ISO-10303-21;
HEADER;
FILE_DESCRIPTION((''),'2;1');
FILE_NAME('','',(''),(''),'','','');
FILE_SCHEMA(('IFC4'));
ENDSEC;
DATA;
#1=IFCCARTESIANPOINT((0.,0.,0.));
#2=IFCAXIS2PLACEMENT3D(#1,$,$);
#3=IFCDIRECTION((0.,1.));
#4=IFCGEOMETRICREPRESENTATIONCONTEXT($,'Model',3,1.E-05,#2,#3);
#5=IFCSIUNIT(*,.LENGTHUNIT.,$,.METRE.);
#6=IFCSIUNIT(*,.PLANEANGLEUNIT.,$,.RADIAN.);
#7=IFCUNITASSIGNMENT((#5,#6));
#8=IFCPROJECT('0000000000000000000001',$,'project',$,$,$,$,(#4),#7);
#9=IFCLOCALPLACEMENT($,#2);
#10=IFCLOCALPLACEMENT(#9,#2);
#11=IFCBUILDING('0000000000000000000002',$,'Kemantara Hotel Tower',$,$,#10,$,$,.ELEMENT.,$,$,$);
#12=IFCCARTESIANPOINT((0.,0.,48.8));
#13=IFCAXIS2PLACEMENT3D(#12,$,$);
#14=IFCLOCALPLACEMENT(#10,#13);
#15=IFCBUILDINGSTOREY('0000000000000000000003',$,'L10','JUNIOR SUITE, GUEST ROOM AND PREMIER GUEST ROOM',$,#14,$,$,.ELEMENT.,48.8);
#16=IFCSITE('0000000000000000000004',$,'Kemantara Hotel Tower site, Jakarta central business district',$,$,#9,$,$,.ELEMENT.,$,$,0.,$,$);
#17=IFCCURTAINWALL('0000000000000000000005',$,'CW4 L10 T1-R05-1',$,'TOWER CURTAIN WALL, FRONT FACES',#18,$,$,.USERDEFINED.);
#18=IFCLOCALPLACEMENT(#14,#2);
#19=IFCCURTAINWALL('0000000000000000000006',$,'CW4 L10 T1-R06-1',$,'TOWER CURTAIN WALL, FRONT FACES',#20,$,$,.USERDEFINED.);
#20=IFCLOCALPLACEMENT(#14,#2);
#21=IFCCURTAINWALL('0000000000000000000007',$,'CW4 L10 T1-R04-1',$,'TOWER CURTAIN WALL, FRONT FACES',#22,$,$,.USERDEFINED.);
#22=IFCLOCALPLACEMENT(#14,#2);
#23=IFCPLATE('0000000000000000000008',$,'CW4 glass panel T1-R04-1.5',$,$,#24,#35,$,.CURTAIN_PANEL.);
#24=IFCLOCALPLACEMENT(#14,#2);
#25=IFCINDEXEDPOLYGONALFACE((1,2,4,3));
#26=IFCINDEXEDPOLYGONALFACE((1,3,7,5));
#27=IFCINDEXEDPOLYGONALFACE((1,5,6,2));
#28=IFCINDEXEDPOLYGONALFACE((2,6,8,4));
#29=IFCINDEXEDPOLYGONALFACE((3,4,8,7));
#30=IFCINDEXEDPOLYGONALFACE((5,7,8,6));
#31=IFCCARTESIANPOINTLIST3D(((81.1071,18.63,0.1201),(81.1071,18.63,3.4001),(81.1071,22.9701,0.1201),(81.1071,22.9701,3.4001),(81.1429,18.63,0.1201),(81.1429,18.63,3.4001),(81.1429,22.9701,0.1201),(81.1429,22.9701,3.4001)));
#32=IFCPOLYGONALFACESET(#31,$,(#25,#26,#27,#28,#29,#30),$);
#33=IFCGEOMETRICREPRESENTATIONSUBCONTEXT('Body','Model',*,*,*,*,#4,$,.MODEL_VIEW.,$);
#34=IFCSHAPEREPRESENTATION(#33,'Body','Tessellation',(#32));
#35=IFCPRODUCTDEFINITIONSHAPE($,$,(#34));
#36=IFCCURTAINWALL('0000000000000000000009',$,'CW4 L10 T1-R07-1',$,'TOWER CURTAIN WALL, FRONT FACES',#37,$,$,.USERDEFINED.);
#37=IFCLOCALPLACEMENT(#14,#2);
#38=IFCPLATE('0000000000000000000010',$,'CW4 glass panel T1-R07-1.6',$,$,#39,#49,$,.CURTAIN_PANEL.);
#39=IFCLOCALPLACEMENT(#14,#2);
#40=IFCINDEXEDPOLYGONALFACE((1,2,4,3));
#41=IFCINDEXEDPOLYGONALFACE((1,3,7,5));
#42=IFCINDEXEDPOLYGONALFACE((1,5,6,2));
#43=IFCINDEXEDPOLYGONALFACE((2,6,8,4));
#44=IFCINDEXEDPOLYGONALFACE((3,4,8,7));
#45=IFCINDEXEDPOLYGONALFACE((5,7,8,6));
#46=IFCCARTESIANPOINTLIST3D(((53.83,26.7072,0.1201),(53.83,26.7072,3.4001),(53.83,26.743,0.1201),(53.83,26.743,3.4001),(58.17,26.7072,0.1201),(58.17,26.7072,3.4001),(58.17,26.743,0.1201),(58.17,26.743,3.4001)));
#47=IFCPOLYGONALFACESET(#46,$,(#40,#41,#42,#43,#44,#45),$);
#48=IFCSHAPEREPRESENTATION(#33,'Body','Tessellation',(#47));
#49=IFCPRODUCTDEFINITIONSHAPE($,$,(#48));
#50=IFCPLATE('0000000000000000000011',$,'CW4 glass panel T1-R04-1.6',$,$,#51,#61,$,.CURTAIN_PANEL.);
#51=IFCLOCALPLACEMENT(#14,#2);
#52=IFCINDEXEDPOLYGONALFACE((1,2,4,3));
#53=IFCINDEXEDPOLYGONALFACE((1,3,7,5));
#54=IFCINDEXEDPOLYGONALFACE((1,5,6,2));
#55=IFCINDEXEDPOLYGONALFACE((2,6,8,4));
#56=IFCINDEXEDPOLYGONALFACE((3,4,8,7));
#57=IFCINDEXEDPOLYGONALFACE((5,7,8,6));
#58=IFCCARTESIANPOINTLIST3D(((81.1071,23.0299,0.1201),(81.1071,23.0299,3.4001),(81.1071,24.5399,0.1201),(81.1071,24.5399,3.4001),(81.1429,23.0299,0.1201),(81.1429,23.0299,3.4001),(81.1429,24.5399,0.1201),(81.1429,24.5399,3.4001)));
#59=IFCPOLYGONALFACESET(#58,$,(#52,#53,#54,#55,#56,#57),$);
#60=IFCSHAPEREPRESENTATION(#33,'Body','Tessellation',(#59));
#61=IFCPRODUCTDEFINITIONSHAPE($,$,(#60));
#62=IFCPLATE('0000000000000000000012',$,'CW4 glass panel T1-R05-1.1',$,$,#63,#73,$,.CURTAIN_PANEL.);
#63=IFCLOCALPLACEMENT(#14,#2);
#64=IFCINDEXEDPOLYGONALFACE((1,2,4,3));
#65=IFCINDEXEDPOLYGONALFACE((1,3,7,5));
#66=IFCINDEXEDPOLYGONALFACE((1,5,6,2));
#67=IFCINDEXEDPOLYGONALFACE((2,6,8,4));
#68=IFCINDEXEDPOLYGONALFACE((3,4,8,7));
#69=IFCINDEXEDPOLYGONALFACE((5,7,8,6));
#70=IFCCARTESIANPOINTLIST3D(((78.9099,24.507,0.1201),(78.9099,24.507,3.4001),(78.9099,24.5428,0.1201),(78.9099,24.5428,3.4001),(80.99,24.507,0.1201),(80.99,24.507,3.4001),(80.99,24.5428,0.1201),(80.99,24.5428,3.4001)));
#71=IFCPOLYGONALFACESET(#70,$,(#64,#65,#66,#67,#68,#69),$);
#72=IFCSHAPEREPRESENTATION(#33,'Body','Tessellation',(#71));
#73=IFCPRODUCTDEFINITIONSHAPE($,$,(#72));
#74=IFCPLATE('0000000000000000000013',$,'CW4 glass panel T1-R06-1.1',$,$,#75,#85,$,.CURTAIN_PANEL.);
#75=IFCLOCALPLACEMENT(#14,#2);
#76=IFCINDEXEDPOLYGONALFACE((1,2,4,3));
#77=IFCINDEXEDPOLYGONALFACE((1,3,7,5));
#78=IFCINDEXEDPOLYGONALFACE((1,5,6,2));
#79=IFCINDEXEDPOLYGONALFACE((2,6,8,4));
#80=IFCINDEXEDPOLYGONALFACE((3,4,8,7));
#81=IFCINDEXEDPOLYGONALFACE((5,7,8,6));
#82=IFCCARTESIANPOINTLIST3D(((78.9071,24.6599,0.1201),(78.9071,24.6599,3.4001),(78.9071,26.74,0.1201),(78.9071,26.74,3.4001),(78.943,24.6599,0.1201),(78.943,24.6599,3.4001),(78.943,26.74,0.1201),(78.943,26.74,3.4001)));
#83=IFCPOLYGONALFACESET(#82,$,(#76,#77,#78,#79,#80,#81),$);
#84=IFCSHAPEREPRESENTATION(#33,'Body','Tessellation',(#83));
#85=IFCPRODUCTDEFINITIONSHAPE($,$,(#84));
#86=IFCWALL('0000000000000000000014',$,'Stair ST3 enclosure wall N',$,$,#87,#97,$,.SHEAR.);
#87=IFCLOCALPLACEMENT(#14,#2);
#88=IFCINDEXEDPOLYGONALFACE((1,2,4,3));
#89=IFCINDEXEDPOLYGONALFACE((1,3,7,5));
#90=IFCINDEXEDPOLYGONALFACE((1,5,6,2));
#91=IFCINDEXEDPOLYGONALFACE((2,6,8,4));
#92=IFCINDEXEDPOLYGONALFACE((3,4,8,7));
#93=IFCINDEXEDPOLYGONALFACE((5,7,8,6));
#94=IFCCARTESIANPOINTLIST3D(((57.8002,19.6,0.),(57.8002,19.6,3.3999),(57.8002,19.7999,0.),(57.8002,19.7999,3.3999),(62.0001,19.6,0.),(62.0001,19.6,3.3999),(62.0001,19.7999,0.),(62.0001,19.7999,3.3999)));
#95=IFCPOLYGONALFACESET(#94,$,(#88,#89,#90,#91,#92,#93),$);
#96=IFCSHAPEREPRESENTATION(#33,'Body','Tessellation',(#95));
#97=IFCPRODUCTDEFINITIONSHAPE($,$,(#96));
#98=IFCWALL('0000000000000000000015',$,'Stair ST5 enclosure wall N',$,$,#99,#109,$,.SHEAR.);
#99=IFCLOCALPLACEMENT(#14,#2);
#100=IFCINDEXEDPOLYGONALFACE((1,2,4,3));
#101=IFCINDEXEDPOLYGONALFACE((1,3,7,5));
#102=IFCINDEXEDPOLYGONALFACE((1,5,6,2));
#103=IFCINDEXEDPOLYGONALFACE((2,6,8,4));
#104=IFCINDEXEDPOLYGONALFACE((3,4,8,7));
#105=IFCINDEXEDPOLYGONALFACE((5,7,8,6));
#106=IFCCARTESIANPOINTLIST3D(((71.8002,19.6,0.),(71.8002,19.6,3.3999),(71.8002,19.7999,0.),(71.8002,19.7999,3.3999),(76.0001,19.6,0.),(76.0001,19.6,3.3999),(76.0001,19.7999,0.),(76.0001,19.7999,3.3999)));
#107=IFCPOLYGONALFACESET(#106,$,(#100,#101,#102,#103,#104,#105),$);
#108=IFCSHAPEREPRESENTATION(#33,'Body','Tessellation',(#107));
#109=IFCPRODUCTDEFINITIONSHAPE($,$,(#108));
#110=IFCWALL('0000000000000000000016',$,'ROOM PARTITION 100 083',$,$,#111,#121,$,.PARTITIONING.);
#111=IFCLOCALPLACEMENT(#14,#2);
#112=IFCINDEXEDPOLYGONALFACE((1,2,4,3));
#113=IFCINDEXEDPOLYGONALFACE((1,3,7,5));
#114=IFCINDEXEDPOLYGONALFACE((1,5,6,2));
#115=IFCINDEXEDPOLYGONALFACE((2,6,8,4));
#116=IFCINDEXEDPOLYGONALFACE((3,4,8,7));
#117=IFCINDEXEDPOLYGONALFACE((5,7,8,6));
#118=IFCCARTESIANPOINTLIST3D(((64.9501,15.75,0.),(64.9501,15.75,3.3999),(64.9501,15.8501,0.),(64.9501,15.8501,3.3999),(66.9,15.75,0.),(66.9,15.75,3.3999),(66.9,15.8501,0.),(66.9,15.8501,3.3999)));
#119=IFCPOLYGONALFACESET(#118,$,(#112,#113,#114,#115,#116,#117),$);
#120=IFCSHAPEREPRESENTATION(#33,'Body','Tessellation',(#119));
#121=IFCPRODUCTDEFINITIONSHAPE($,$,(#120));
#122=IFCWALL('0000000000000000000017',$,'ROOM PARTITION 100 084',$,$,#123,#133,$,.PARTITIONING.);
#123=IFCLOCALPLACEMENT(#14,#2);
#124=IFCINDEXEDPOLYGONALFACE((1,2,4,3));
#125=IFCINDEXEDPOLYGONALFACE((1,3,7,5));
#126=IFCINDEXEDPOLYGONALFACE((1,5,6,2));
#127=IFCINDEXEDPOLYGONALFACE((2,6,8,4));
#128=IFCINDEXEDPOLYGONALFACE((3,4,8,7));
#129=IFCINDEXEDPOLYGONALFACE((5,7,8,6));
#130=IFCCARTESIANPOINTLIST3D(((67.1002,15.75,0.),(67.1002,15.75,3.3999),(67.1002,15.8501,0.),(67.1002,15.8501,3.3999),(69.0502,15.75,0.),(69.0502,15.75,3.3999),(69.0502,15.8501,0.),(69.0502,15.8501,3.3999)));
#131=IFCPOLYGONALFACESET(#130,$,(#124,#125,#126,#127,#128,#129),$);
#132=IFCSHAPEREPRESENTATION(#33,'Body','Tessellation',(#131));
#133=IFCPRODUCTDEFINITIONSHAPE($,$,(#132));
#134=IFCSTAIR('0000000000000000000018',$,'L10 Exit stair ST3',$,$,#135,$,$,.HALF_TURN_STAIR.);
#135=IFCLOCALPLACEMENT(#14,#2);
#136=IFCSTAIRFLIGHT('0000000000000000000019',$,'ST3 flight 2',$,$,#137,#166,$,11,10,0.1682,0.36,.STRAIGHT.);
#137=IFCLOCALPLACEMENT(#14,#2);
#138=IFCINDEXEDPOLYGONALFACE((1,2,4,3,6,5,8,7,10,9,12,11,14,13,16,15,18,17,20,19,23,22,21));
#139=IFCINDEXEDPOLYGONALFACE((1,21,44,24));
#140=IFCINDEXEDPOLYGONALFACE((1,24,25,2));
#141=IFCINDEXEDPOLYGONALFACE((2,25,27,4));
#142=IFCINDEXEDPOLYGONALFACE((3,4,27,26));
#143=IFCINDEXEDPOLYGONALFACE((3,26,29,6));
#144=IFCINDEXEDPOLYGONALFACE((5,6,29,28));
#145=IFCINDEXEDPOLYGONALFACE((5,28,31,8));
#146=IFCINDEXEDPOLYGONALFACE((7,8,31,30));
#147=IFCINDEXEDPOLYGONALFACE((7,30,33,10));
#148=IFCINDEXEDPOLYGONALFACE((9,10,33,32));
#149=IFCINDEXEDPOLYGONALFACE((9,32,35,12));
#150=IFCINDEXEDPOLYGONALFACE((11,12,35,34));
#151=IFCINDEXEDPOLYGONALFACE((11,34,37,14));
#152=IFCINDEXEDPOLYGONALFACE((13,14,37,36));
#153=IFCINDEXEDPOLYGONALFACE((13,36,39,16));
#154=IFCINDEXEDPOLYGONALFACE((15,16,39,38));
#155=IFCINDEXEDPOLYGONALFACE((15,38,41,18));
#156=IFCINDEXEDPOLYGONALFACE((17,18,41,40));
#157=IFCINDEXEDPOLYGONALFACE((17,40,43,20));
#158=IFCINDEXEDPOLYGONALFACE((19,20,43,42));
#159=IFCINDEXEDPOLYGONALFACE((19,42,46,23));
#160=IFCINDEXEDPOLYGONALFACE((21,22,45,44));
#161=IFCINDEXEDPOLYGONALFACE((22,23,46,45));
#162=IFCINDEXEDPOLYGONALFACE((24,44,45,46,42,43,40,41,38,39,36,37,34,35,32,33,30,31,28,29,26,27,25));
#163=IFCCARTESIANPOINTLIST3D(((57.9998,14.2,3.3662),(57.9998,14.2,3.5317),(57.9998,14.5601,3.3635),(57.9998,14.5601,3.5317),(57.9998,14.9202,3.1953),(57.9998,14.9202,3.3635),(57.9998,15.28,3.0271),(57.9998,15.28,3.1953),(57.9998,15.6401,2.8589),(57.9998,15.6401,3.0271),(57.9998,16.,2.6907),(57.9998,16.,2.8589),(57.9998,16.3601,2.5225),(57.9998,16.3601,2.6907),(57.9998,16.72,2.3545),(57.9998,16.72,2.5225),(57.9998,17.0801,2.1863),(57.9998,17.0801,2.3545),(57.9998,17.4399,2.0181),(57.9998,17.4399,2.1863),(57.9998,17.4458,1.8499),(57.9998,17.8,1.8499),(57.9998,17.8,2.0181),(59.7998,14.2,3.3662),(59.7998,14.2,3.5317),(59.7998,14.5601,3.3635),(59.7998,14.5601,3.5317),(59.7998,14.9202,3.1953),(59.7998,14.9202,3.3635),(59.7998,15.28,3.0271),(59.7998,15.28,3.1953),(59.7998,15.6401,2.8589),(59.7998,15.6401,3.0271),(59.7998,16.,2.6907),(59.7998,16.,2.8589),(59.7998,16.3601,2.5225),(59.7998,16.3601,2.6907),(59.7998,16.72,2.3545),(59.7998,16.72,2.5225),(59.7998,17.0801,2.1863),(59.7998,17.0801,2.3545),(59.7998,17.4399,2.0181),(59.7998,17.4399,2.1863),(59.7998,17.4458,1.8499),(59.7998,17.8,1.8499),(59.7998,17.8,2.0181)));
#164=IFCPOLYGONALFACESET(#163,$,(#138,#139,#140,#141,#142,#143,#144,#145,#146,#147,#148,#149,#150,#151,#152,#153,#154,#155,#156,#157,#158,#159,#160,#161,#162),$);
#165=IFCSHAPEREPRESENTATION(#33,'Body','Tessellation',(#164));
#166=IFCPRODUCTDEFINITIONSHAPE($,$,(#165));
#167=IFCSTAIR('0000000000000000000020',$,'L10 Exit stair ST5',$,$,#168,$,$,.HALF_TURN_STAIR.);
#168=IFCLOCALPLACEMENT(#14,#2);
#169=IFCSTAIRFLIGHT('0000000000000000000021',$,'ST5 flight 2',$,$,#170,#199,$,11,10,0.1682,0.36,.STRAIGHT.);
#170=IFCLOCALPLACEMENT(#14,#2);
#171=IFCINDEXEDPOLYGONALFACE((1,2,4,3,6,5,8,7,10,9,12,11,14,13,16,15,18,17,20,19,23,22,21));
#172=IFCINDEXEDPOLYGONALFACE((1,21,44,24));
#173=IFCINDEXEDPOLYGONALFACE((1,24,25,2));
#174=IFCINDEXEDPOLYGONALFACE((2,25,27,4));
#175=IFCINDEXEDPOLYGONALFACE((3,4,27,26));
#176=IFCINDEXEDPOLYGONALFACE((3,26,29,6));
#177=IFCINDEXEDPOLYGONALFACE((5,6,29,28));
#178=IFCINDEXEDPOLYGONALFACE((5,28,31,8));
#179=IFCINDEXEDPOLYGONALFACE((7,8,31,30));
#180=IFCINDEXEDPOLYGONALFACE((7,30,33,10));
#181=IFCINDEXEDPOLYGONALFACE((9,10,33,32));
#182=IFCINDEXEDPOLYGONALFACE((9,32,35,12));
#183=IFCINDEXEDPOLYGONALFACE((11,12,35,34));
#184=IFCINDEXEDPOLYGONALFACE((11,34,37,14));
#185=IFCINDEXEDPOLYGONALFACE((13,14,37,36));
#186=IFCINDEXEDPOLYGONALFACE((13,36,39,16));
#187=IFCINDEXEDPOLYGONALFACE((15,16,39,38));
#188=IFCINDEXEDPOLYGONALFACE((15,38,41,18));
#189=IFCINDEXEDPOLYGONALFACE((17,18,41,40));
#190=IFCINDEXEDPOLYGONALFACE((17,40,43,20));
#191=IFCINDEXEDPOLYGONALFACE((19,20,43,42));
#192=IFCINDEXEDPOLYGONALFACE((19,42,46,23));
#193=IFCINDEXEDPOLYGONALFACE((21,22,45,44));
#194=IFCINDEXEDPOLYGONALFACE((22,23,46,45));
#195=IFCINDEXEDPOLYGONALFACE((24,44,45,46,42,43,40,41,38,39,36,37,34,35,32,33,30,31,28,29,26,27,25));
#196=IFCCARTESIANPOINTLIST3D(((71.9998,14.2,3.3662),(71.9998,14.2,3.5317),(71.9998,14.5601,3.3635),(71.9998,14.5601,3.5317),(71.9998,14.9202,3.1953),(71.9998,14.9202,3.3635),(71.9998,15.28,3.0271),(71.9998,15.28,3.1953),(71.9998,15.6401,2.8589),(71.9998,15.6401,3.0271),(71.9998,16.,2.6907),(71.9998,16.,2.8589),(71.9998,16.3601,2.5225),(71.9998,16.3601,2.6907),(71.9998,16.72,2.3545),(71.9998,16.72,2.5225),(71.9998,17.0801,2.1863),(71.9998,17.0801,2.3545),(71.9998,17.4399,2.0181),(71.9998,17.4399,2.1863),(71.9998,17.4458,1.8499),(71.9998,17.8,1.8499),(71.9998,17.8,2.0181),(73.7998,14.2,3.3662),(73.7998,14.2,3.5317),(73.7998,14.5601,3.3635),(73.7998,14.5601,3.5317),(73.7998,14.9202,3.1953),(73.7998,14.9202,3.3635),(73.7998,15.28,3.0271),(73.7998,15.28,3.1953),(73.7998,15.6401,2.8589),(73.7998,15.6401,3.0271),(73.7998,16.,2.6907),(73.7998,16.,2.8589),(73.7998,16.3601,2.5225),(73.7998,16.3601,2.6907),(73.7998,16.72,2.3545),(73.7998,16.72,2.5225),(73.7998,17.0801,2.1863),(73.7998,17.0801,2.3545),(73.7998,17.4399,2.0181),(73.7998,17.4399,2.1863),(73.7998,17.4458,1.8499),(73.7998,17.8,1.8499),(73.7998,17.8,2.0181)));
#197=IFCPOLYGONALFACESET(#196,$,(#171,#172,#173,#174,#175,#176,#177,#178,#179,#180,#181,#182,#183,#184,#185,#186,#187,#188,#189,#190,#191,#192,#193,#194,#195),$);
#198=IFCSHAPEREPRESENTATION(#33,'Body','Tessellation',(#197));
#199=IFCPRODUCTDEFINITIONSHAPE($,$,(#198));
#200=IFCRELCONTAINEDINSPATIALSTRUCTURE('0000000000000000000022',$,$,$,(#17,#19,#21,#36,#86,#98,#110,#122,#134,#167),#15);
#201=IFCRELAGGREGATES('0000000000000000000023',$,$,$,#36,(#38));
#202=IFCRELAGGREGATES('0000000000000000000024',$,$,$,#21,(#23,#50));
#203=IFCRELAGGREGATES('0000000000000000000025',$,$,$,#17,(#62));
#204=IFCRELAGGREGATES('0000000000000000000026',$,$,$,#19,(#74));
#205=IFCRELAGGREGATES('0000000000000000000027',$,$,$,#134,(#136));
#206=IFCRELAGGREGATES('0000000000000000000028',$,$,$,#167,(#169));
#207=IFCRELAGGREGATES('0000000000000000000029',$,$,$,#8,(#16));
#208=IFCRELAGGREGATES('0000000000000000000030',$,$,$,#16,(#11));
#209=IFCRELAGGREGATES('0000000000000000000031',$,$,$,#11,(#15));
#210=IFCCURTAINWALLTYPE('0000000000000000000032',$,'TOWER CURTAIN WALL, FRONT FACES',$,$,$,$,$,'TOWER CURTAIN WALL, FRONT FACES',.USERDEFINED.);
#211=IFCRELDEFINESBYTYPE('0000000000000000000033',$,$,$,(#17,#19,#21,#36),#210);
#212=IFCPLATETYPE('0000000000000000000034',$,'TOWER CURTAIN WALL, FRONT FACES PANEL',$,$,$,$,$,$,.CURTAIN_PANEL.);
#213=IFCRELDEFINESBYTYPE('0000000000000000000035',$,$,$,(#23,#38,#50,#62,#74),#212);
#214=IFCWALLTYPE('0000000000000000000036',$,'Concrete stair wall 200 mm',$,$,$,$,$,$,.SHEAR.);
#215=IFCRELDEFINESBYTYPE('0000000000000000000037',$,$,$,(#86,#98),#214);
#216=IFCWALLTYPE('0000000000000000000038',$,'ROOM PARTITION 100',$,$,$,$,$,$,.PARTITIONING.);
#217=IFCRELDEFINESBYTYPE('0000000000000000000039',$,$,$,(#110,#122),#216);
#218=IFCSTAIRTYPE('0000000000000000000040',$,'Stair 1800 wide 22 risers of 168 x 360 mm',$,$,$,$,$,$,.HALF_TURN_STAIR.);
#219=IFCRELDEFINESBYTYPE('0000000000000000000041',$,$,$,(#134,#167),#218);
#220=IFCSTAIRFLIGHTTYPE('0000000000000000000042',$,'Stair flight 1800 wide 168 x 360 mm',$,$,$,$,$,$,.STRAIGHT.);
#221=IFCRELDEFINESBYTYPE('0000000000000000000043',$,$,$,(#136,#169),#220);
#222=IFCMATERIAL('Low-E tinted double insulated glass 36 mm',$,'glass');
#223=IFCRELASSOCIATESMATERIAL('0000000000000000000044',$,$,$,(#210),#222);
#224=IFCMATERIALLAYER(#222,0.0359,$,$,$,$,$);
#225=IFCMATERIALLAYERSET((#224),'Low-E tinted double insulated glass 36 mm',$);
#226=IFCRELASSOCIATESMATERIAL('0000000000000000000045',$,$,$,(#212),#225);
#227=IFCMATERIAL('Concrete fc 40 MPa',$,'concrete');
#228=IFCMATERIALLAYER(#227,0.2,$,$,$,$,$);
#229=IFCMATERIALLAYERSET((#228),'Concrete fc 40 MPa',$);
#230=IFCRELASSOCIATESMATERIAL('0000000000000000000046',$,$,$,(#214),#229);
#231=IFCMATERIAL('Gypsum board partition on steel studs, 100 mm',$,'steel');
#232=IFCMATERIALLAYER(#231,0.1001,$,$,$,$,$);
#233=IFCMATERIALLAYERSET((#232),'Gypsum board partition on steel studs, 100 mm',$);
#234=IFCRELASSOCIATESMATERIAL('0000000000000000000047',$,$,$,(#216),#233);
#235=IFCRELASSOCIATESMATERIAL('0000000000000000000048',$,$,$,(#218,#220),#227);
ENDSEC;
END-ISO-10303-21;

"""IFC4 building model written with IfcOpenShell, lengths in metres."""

from ifc_helpers import new_model, si_unit, direction, frame, frame_2d, origin, origin_2d, place, context, subcontext, project, spatial, polyline, rectangle, outline, extrude, source, transform, mapped, material, layer, layer_set, type_object, element, aggregate, save


model = new_model("IFC4")

# Units and contexts
model_context = context("Model", 3, precision=1e-05, world=origin(), true_north=direction((0.0, 1.0)))
body_context = subcontext(model_context, "Body", "Model", "MODEL_VIEW")
ifc_project = project(units=[si_unit("LENGTHUNIT", "METRE"), si_unit("PLANEANGLEUNIT", "RADIAN")], contexts=[model_context])

# Site, building, storey
site_placement = place(None, origin())
site = spatial("IfcSite", under=ifc_project, at=site_placement, Name="Kemantara Hotel Tower site, Jakarta central business district", CompositionType="ELEMENT", RefElevation=0.0)
building_placement = place(site_placement, origin())
building = spatial("IfcBuilding", under=site, at=building_placement, Name="Kemantara Hotel Tower", CompositionType="ELEMENT")
storey_placement = place(building_placement, frame((0.0, 0.0, 48.8)))
storey = spatial("IfcBuildingStorey", under=building, at=storey_placement, Name="L10", Description="JUNIOR SUITE, GUEST ROOM AND PREMIER GUEST ROOM", CompositionType="ELEMENT", Elevation=48.8)

# Curtain walls
ifc_material_1 = material(Name="Low-E tinted double insulated glass 36 mm", Category="glass")
curtain_wall_type = type_object("IfcCurtainWallType", Name="TOWER CURTAIN WALL, FRONT FACES", ElementType="TOWER CURTAIN WALL, FRONT FACES", PredefinedType="USERDEFINED", material=ifc_material_1)
curtain_wall_1_placement = place(storey_placement, origin())
curtain_wall_1 = element("IfcCurtainWall", 1, at=curtain_wall_1_placement, inside=storey, type_object=curtain_wall_type, Name="CW4 L10 T1-R05-1", ObjectType="TOWER CURTAIN WALL, FRONT FACES", PredefinedType="USERDEFINED")
curtain_wall_2_placement = place(storey_placement, origin())
curtain_wall_2 = element("IfcCurtainWall", 2, at=curtain_wall_2_placement, inside=storey, type_object=curtain_wall_type, Name="CW4 L10 T1-R06-1", ObjectType="TOWER CURTAIN WALL, FRONT FACES", PredefinedType="USERDEFINED")

# Curtain wall
curtain_wall_3_placement = place(storey_placement, origin())
curtain_wall_3 = element("IfcCurtainWall", 3, at=curtain_wall_3_placement, inside=storey, type_object=curtain_wall_type, Name="CW4 L10 T1-R04-1", ObjectType="TOWER CURTAIN WALL, FRONT FACES", PredefinedType="USERDEFINED")

# Plate
ifc_layer_1 = layer(ifc_material_1, 0.0359)
ifc_layer_set_1 = layer_set([ifc_layer_1], Name="Low-E tinted double insulated glass 36 mm")
plate_type = type_object("IfcPlateType", Name="TOWER CURTAIN WALL, FRONT FACES PANEL", PredefinedType="CURTAIN_PANEL", material=ifc_layer_set_1)
shared_shape_1 = source(origin(), body_context, "Body", "SweptSolid", [
    extrude(rectangle(XDim=4.3401, YDim=0.0359, at=origin_2d()), origin(), (0.0, 0.0, 1.0), 3.28),
])
plate_1_placement = place(storey_placement, frame((81.125, 20.8, 0.1201), z_axis=(0.0, 0.0, 1.0), x_axis=(0.0, 1.0, 0.0)))
plate_1 = element("IfcPlate", 4, at=plate_1_placement, type_object=plate_type, Name="CW4 glass panel T1-R04-1.5", PredefinedType="CURTAIN_PANEL", context=body_context, shape_type="MappedRepresentation", body=[
    mapped(shared_shape_1, transform((0.0, 0.0, 0.0))),
])

# Curtain wall, plate
curtain_wall_4_placement = place(storey_placement, origin())
curtain_wall_4 = element("IfcCurtainWall", 5, at=curtain_wall_4_placement, inside=storey, type_object=curtain_wall_type, Name="CW4 L10 T1-R07-1", ObjectType="TOWER CURTAIN WALL, FRONT FACES", PredefinedType="USERDEFINED")
plate_2_placement = place(storey_placement, frame((56.0, 26.7251, 0.1201), z_axis=(0.0, 0.0, 1.0), x_axis=(-1.0, 0.0, 0.0)))
plate_2 = element("IfcPlate", 6, at=plate_2_placement, type_object=plate_type, Name="CW4 glass panel T1-R07-1.6", PredefinedType="CURTAIN_PANEL", context=body_context, shape_type="MappedRepresentation", body=[
    mapped(shared_shape_1, transform((0.0, 0.0, 0.0))),
])
aggregate(curtain_wall_4, [plate_2])

# Plates
shared_shape_2 = source(origin(), body_context, "Body", "SweptSolid", [
    extrude(rectangle(XDim=1.51, YDim=0.0359, at=origin_2d()), origin(), (0.0, 0.0, 1.0), 3.28),
])
plate_3_placement = place(storey_placement, frame((81.125, 23.7849, 0.1201), z_axis=(0.0, 0.0, 1.0), x_axis=(0.0, 1.0, 0.0)))
plate_3 = element("IfcPlate", 7, at=plate_3_placement, type_object=plate_type, Name="CW4 glass panel T1-R04-1.6", PredefinedType="CURTAIN_PANEL", context=body_context, shape_type="MappedRepresentation", body=[
    mapped(shared_shape_2, transform((0.0, 0.0, 0.0))),
])
aggregate(curtain_wall_3, [plate_1, plate_3])
shared_shape_3 = source(origin(), body_context, "Body", "SweptSolid", [
    extrude(rectangle(XDim=2.0801, YDim=0.0359, at=origin_2d()), origin(), (0.0, 0.0, 1.0), 3.28),
])
plate_4_placement = place(storey_placement, frame((79.95, 24.5249, 0.1201), z_axis=(0.0, 0.0, 1.0), x_axis=(-1.0, 0.0, 0.0)))
plate_4 = element("IfcPlate", 8, at=plate_4_placement, type_object=plate_type, Name="CW4 glass panel T1-R05-1.1", PredefinedType="CURTAIN_PANEL", context=body_context, shape_type="MappedRepresentation", body=[
    mapped(shared_shape_3, transform((0.0, 0.0, 0.0))),
])
aggregate(curtain_wall_1, [plate_4])
plate_5_placement = place(storey_placement, frame((78.925, 25.7, 0.1201), z_axis=(0.0, 0.0, 1.0), x_axis=(0.0, 1.0, 0.0)))
plate_5 = element("IfcPlate", 9, at=plate_5_placement, type_object=plate_type, Name="CW4 glass panel T1-R06-1.1", PredefinedType="CURTAIN_PANEL", context=body_context, shape_type="MappedRepresentation", body=[
    mapped(shared_shape_3, transform((0.0, 0.0, 0.0))),
])
aggregate(curtain_wall_2, [plate_5])

# Walls
ifc_material_2 = material(Name="Concrete fc 40 MPa", Category="concrete")
ifc_layer_2 = layer(ifc_material_2, 0.2)
ifc_layer_set_2 = layer_set([ifc_layer_2], Name="Concrete fc 40 MPa")
wall_type_1 = type_object("IfcWallType", Name="Concrete stair wall 200 mm", PredefinedType="SHEAR", material=ifc_layer_set_2)
for number, where, z_axis, x_axis, name in (
    (10, (57.8, 19.7, 0.0), (0.0, 0.0, 1.0), (1.0, 0.0, 0.0), "Stair ST3 enclosure wall N"),
    (11, (71.8, 19.7, 0.0), (0.0, 0.0, 1.0), (1.0, 0.0, 0.0), "Stair ST5 enclosure wall N"),
):
    element("IfcWall", number, at=place(storey_placement, frame(where, z_axis=z_axis, x_axis=x_axis)), inside=storey, type_object=wall_type_1, Name=name, PredefinedType="SHEAR", context=body_context, shape_type="SweptSolid", body=[
        extrude(rectangle(XDim=4.2, YDim=0.2, at=frame_2d((2.1001, 0.0))), origin(), (0.0, 0.0, 1.0), 3.3999),
    ])
ifc_material_3 = material(Name="Gypsum board partition on steel studs, 100 mm", Category="steel")
ifc_layer_3 = layer(ifc_material_3, 0.1001)
ifc_layer_set_3 = layer_set([ifc_layer_3], Name="Gypsum board partition on steel studs, 100 mm")
wall_type_2 = type_object("IfcWallType", Name="ROOM PARTITION 100", PredefinedType="PARTITIONING", material=ifc_layer_set_3)
for number, where, z_axis, x_axis, name in (
    (12, (64.95, 15.8, 0.0), (0.0, 0.0, 1.0), (1.0, 0.0, 0.0), "ROOM PARTITION 100 083"),
    (13, (67.1001, 15.8, 0.0), (0.0, 0.0, 1.0), (1.0, 0.0, 0.0), "ROOM PARTITION 100 084"),
):
    element("IfcWall", number, at=place(storey_placement, frame(where, z_axis=z_axis, x_axis=x_axis)), inside=storey, type_object=wall_type_2, Name=name, PredefinedType="PARTITIONING", context=body_context, shape_type="SweptSolid", body=[
        extrude(rectangle(XDim=1.95, YDim=0.1001, at=frame_2d((0.9751, 0.0))), origin(), (0.0, 0.0, 1.0), 3.3999),
    ])

# Stairs, stair flights
stair_type = type_object("IfcStairType", Name="Stair 1800 wide 22 risers of 168 x 360 mm", PredefinedType="HALF_TURN_STAIR", material=ifc_material_2)
stair_1_placement = place(storey_placement, origin())
stair_1 = element("IfcStair", 14, at=stair_1_placement, inside=storey, type_object=stair_type, Name="L10 Exit stair ST3", PredefinedType="HALF_TURN_STAIR")
stair_flight_type = type_object("IfcStairFlightType", Name="Stair flight 1800 wide 168 x 360 mm", PredefinedType="STRAIGHT", material=ifc_material_2)
stair_flight_1_placement = place(storey_placement, frame((58.8999, 17.8, 1.8499), z_axis=(0.0, 0.0, 1.0), x_axis=(0.0, -1.0, 0.0)))
stair_flight_1 = element("IfcStairFlight", 15, at=stair_flight_1_placement, type_object=stair_flight_type, Name="ST3 flight 2", NumberOfRisers=11, NumberOfTreads=10, PredefinedType="STRAIGHT", RiserHeight=0.1682, TreadLength=0.36, context=body_context, shape_type="SweptSolid", body=[
    extrude(outline(polyline([(0.0, 0.0), (0.0, 0.1682), (0.3601, 0.1682), (0.3601, 0.3364), (0.72, 0.3364), (0.72, 0.5046), (1.0801, 0.5046), (1.0801, 0.6726), (1.4399, 0.6726), (1.4399, 0.8408), (1.8, 0.8408), (1.8, 1.009), (2.1599, 1.009), (2.1599, 1.1772), (2.52, 1.1772), (2.52, 1.3455), (2.8799, 1.3455), (2.8799, 1.5137), (3.24, 1.5137), (3.24, 1.6819), (3.6001, 1.6819), (3.6001, 1.8501), (3.6001, 1.5164), (0.3542, 0.0), (0.0, 0.0)])), frame((0.0, 0.8999, 0.0), z_axis=(0.0, -1.0, 0.0), x_axis=(1.0, 0.0, 0.0)), (0.0, 0.0, 1.0), 1.8),
])
aggregate(stair_1, [stair_flight_1])
stair_2_placement = place(storey_placement, origin())
stair_2 = element("IfcStair", 16, at=stair_2_placement, inside=storey, type_object=stair_type, Name="L10 Exit stair ST5", PredefinedType="HALF_TURN_STAIR")
stair_flight_2_placement = place(storey_placement, frame((72.8999, 17.8, 1.8499), z_axis=(0.0, 0.0, 1.0), x_axis=(0.0, -1.0, 0.0)))
stair_flight_2 = element("IfcStairFlight", 17, at=stair_flight_2_placement, type_object=stair_flight_type, Name="ST5 flight 2", NumberOfRisers=11, NumberOfTreads=10, PredefinedType="STRAIGHT", RiserHeight=0.1682, TreadLength=0.36, context=body_context, shape_type="SweptSolid", body=[
    extrude(outline(polyline([(0.0, 0.0), (0.0, 0.1682), (0.3601, 0.1682), (0.3601, 0.3364), (0.72, 0.3364), (0.72, 0.5046), (1.0801, 0.5046), (1.0801, 0.6726), (1.4399, 0.6726), (1.4399, 0.8408), (1.8, 0.8408), (1.8, 1.009), (2.1599, 1.009), (2.1599, 1.1772), (2.52, 1.1772), (2.52, 1.3455), (2.8799, 1.3455), (2.8799, 1.5137), (3.24, 1.5137), (3.24, 1.6819), (3.6001, 1.6819), (3.6001, 1.8501), (3.6001, 1.5164), (0.3542, 0.0), (0.0, 0.0)])), frame((0.0, 0.8999, 0.0), z_axis=(0.0, -1.0, 0.0), x_axis=(1.0, 0.0, 0.0)), (0.0, 0.0, 1.0), 1.8),
])
aggregate(stair_2, [stair_flight_2])

save(model, "model.ifc")
